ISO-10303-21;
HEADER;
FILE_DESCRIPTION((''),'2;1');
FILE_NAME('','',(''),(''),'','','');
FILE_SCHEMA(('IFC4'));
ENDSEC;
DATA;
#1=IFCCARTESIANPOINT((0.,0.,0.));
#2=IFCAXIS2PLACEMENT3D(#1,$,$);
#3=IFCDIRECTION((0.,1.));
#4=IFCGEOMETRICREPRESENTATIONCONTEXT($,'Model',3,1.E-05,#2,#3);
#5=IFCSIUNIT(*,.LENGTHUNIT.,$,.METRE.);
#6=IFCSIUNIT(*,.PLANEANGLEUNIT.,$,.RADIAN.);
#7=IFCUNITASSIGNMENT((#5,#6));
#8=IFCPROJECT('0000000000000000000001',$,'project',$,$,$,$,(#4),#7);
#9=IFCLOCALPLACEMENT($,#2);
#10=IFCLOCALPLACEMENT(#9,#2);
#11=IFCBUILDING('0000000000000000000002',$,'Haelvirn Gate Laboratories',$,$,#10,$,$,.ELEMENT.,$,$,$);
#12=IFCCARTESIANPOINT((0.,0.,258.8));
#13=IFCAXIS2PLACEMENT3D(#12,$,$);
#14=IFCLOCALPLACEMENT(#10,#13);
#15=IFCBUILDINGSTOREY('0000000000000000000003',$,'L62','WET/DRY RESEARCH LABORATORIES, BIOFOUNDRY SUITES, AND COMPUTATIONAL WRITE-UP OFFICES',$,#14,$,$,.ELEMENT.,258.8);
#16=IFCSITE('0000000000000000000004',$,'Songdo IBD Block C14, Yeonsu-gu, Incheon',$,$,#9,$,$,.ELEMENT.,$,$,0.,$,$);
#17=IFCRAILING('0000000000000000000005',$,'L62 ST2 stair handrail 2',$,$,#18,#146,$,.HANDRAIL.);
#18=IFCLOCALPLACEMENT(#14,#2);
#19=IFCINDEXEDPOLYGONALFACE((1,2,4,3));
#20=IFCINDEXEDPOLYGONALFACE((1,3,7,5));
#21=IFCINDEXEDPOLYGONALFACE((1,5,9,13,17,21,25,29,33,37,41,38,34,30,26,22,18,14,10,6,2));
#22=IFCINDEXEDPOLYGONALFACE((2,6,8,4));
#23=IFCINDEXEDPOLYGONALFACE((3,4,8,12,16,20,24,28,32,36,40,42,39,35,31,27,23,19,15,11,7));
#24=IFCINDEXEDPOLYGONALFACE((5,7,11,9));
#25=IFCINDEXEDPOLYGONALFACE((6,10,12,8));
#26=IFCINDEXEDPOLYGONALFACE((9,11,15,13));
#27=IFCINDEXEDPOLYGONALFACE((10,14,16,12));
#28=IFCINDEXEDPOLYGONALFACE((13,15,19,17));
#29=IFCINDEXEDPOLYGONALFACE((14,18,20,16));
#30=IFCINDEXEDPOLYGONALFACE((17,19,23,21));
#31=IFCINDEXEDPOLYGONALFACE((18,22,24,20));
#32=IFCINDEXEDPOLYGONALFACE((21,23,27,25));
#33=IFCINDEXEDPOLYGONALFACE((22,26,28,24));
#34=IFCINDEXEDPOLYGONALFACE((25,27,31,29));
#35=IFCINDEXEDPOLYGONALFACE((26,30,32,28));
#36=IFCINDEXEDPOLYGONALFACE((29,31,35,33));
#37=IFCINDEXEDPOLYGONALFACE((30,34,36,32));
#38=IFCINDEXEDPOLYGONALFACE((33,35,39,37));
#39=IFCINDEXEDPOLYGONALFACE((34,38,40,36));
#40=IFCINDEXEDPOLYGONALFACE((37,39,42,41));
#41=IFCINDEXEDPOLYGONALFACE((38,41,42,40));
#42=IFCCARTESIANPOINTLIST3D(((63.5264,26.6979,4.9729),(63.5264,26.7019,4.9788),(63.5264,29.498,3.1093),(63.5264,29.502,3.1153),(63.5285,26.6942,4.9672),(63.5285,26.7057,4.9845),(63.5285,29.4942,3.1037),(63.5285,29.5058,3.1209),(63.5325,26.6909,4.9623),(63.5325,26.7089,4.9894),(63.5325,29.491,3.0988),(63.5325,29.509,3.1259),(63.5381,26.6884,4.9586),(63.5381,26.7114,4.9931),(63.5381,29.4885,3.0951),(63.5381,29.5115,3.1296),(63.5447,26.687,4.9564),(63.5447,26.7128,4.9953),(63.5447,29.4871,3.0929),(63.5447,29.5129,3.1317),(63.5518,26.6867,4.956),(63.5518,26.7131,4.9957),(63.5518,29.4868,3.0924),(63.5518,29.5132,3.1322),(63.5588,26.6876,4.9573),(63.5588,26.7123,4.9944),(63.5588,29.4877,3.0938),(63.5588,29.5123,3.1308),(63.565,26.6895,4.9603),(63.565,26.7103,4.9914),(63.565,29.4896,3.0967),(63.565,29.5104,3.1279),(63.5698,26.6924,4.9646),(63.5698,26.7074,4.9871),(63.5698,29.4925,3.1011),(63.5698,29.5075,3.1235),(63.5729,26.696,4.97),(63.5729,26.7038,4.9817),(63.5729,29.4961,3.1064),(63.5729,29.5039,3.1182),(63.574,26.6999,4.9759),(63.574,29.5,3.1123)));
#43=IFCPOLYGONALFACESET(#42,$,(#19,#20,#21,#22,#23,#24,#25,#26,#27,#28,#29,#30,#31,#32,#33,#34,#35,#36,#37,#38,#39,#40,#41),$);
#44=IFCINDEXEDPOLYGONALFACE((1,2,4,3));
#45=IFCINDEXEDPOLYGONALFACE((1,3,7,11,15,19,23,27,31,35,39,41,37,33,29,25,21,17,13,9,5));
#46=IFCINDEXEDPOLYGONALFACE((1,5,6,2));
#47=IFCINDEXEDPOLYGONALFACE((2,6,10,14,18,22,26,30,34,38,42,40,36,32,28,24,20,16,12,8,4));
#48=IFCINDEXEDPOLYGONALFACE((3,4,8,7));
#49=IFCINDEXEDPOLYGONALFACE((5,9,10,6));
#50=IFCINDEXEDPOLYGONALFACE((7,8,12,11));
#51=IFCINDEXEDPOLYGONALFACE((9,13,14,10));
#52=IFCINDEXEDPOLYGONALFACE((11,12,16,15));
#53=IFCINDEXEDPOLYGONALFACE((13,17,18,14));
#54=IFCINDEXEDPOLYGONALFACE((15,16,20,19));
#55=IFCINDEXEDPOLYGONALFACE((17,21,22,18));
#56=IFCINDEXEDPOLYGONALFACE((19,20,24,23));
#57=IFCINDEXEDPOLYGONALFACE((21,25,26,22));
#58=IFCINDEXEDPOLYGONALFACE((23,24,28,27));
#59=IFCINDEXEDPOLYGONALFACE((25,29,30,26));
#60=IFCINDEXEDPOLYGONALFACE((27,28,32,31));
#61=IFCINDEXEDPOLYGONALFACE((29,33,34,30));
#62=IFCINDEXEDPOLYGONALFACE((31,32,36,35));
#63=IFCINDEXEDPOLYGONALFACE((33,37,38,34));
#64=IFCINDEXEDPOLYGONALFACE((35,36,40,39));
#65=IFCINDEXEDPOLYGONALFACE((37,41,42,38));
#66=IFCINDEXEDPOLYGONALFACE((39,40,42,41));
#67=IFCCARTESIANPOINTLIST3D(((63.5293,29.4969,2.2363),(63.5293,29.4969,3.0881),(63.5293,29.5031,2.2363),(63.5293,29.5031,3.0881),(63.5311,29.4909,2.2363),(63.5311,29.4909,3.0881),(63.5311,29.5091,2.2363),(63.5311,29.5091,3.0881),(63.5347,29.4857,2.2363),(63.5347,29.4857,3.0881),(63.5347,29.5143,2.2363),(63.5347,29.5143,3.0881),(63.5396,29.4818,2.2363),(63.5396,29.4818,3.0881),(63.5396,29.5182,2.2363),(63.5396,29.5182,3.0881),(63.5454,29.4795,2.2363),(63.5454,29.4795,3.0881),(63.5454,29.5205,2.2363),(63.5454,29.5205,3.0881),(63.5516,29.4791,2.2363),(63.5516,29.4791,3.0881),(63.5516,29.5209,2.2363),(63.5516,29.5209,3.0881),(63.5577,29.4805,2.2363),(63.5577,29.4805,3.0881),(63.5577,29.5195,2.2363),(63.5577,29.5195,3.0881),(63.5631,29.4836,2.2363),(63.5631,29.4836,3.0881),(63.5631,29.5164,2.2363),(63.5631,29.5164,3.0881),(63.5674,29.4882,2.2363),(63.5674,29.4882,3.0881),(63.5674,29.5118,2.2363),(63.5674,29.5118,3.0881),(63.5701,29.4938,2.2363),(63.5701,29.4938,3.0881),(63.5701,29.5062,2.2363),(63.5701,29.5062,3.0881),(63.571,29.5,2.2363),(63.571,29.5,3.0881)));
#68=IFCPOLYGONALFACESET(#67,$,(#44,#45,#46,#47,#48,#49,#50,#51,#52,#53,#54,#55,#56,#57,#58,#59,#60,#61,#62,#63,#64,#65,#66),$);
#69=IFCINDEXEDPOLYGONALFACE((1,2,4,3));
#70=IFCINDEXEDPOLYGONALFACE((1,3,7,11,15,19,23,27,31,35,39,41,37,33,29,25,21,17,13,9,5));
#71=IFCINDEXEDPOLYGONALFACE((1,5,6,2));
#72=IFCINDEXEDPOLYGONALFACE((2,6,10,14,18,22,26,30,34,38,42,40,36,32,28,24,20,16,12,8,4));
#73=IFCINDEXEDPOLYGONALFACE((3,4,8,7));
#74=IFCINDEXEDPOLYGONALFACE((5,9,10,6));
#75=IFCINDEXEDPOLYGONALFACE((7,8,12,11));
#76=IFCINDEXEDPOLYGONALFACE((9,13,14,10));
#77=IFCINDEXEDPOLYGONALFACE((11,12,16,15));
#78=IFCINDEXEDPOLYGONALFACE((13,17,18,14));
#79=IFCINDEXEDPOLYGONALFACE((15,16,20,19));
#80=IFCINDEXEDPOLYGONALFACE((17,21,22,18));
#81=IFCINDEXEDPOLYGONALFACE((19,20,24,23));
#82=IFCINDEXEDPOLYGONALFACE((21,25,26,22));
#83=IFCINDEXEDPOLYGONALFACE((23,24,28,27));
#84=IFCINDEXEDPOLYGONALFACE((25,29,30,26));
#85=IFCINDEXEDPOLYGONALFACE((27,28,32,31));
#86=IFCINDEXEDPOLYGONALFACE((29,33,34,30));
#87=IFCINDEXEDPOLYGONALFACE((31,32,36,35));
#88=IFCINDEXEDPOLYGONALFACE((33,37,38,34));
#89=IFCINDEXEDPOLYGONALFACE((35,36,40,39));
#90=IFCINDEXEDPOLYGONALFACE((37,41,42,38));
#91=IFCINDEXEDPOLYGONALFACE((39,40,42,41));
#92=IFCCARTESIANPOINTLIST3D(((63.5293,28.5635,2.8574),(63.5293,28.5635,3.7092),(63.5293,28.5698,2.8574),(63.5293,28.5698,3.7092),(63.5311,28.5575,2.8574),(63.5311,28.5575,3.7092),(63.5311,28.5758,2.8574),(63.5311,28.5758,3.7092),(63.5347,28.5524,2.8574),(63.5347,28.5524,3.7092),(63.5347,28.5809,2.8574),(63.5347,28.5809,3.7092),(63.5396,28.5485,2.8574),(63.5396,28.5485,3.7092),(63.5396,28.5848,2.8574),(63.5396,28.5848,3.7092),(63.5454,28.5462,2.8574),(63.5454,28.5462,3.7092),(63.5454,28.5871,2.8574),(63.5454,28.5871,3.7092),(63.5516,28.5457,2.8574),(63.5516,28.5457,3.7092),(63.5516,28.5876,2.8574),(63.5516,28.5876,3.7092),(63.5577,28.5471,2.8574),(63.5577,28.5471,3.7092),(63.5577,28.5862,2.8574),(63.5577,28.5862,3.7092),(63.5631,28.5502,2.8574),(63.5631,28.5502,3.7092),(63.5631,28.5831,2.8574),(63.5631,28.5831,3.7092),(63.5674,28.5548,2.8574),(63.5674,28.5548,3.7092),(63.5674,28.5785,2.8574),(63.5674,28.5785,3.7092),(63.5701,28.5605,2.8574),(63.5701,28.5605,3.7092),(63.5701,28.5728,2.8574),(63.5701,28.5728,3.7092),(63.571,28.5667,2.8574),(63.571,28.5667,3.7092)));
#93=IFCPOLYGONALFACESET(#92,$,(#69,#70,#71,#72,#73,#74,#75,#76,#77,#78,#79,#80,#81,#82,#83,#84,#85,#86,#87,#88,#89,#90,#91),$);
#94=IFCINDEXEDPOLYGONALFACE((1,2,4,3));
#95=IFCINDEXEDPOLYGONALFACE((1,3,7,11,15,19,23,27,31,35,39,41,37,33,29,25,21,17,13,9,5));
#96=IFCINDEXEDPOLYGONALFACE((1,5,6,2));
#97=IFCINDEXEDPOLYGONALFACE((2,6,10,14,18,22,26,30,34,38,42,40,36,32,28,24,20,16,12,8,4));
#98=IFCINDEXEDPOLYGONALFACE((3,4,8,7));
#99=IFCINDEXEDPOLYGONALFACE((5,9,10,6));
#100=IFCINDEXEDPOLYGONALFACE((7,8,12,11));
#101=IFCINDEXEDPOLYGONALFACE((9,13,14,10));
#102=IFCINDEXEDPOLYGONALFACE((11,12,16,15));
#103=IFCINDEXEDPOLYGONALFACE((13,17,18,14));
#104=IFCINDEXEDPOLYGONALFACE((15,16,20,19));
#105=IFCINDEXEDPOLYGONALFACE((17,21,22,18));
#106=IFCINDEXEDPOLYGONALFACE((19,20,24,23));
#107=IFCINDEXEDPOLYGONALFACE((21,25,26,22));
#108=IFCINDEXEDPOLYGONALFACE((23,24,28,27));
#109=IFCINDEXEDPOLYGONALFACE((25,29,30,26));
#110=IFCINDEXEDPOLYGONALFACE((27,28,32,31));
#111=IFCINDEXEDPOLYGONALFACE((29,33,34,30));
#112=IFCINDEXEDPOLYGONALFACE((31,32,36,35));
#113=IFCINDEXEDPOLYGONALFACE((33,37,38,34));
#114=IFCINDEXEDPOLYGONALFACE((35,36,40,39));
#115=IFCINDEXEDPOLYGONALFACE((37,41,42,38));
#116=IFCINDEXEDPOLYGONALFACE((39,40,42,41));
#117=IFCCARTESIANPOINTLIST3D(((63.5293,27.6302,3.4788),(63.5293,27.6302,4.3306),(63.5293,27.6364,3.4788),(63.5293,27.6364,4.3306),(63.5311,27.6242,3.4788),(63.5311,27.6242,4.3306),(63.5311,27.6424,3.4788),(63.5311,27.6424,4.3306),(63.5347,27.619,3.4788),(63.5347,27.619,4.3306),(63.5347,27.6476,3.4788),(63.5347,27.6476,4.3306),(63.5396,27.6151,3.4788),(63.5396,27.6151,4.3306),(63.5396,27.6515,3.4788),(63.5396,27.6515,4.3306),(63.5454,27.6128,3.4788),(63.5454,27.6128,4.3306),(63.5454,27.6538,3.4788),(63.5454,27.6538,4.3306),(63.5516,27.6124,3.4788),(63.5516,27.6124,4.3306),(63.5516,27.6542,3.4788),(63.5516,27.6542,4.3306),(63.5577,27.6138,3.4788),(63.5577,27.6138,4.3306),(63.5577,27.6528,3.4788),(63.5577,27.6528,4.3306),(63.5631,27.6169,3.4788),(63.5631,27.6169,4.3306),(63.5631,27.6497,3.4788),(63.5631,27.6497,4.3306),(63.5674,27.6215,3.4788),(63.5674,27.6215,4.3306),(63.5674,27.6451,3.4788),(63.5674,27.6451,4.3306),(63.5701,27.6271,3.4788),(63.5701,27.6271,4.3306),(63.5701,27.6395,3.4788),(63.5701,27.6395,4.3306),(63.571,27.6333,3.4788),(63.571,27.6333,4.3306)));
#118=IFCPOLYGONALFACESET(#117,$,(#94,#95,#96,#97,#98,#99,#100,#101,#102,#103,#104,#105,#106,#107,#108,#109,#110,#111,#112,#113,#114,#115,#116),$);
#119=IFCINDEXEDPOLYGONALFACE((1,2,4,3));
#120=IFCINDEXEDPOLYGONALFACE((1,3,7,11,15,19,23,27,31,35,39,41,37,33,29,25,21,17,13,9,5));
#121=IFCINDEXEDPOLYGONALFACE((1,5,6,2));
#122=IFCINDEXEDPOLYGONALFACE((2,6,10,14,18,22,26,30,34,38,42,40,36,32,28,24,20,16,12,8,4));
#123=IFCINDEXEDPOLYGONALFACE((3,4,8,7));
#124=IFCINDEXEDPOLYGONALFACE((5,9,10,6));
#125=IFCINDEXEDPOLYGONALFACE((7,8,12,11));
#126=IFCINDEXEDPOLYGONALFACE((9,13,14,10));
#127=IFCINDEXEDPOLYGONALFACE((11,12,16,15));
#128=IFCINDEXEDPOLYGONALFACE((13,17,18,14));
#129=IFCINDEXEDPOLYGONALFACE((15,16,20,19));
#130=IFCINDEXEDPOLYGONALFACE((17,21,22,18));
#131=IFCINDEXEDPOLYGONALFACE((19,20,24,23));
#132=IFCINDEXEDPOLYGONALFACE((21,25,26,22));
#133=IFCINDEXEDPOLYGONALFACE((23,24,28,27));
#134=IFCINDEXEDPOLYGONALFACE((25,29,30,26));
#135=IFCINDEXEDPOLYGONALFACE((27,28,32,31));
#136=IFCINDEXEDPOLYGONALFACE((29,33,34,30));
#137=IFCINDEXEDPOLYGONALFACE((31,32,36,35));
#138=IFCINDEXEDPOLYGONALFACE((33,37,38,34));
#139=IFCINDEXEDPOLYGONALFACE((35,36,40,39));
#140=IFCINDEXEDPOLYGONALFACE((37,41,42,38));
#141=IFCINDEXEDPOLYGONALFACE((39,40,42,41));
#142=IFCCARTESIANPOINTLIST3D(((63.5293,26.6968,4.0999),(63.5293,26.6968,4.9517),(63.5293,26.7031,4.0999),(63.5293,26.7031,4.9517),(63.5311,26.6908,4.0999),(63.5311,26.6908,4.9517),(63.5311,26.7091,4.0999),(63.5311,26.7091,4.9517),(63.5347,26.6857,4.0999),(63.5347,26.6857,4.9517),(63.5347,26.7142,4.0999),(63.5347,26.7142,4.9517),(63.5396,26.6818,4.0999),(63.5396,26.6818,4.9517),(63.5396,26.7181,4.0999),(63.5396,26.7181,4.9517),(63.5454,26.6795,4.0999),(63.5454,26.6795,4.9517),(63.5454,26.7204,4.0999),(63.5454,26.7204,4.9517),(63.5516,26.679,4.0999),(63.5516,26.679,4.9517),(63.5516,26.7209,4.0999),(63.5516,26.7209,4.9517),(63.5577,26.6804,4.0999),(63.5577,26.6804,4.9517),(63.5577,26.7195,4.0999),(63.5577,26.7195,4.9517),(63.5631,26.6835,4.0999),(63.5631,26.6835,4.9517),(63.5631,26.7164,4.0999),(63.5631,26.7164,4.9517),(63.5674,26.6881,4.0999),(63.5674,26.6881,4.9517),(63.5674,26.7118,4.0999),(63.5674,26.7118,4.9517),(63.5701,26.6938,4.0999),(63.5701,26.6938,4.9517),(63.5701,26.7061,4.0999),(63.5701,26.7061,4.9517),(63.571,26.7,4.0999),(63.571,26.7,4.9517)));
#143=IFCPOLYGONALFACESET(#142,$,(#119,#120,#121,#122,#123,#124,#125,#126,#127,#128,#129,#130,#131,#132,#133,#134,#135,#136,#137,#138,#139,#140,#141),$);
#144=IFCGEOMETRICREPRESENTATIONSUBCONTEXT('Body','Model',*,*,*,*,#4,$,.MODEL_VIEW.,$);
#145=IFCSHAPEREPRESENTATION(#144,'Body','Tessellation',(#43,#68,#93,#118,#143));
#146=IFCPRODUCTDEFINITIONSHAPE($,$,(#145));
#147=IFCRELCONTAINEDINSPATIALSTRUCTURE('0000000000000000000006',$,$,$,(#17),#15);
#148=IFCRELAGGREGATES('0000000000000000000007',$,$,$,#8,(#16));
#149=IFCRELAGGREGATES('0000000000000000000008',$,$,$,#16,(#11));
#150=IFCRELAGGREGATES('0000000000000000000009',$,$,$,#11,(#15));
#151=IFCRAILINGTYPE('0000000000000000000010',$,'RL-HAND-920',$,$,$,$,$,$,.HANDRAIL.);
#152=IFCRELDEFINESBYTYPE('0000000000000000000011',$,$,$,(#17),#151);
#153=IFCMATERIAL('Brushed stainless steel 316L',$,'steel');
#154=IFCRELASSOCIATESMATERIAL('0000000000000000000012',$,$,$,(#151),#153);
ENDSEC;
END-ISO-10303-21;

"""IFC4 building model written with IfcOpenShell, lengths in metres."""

from ifc_helpers import new_model, si_unit, direction, frame, origin, origin_2d, place, context, subcontext, project, spatial, circle, extrude, source, transform, mapped, material, type_object, element, save


model = new_model("IFC4")

# Units and contexts
model_context = context("Model", 3, precision=1e-05, world=origin(), true_north=direction((0.0, 1.0)))
body_context = subcontext(model_context, "Body", "Model", "MODEL_VIEW")
ifc_project = project(units=[si_unit("LENGTHUNIT", "METRE"), si_unit("PLANEANGLEUNIT", "RADIAN")], contexts=[model_context])

# Site, building, storey
site_placement = place(None, origin())
site = spatial("IfcSite", under=ifc_project, at=site_placement, Name="Songdo IBD Block C14, Yeonsu-gu, Incheon", CompositionType="ELEMENT", RefElevation=0.0)
building_placement = place(site_placement, origin())
building = spatial("IfcBuilding", under=site, at=building_placement, Name="Haelvirn Gate Laboratories", CompositionType="ELEMENT")
storey_placement = place(building_placement, frame((0.0, 0.0, 258.8)))
storey = spatial("IfcBuildingStorey", under=building, at=storey_placement, Name="L62", Description="WET/DRY RESEARCH LABORATORIES, BIOFOUNDRY SUITES, AND COMPUTATIONAL WRITE-UP OFFICES", CompositionType="ELEMENT", Elevation=258.8)

# Railing
ifc_material_1 = material(Name="Brushed stainless steel 316L", Category="steel")
railing_type_1 = type_object("IfcRailingType", Name="RL-HAND-920", PredefinedType="HANDRAIL", material=ifc_material_1)
shared_shape_1 = source(origin(), body_context, "Body", "SweptSolid", [
    extrude(circle(Radius=0.0239, at=origin_2d()), frame((0.0, 0.0, 0.876), z_axis=(0.0, -0.832486, 0.554047), x_axis=(1.0, 0.0, 0.0)), (0.0, 0.0, 1.0), 3.3635),
    extrude(circle(Radius=0.021, at=origin_2d()), origin(), (0.0, 0.0, 1.0), 0.8518),
    extrude(circle(Radius=0.021, at=origin_2d()), frame((0.0, -0.9333, 0.6211)), (0.0, 0.0, 1.0), 0.8518),
    extrude(circle(Radius=0.021, at=origin_2d()), frame((0.0, -1.8667, 1.2424)), (0.0, 0.0, 1.0), 0.8518),
    extrude(circle(Radius=0.021, at=origin_2d()), frame((0.0, -2.8, 1.8635)), (0.0, 0.0, 1.0), 0.8518),
])
railing_1_placement = place(storey_placement, frame((63.55, 29.5, 2.2363)))
element("IfcRailing", 1, at=railing_1_placement, inside=storey, type_object=railing_type_1, Name="L62 ST2 stair handrail 2", PredefinedType="HANDRAIL", context=body_context, shape_type="MappedRepresentation", body=[
    mapped(shared_shape_1, transform((0.0, 0.0, 0.0), scale=1.0)),
])

save(model, "model.ifc")
